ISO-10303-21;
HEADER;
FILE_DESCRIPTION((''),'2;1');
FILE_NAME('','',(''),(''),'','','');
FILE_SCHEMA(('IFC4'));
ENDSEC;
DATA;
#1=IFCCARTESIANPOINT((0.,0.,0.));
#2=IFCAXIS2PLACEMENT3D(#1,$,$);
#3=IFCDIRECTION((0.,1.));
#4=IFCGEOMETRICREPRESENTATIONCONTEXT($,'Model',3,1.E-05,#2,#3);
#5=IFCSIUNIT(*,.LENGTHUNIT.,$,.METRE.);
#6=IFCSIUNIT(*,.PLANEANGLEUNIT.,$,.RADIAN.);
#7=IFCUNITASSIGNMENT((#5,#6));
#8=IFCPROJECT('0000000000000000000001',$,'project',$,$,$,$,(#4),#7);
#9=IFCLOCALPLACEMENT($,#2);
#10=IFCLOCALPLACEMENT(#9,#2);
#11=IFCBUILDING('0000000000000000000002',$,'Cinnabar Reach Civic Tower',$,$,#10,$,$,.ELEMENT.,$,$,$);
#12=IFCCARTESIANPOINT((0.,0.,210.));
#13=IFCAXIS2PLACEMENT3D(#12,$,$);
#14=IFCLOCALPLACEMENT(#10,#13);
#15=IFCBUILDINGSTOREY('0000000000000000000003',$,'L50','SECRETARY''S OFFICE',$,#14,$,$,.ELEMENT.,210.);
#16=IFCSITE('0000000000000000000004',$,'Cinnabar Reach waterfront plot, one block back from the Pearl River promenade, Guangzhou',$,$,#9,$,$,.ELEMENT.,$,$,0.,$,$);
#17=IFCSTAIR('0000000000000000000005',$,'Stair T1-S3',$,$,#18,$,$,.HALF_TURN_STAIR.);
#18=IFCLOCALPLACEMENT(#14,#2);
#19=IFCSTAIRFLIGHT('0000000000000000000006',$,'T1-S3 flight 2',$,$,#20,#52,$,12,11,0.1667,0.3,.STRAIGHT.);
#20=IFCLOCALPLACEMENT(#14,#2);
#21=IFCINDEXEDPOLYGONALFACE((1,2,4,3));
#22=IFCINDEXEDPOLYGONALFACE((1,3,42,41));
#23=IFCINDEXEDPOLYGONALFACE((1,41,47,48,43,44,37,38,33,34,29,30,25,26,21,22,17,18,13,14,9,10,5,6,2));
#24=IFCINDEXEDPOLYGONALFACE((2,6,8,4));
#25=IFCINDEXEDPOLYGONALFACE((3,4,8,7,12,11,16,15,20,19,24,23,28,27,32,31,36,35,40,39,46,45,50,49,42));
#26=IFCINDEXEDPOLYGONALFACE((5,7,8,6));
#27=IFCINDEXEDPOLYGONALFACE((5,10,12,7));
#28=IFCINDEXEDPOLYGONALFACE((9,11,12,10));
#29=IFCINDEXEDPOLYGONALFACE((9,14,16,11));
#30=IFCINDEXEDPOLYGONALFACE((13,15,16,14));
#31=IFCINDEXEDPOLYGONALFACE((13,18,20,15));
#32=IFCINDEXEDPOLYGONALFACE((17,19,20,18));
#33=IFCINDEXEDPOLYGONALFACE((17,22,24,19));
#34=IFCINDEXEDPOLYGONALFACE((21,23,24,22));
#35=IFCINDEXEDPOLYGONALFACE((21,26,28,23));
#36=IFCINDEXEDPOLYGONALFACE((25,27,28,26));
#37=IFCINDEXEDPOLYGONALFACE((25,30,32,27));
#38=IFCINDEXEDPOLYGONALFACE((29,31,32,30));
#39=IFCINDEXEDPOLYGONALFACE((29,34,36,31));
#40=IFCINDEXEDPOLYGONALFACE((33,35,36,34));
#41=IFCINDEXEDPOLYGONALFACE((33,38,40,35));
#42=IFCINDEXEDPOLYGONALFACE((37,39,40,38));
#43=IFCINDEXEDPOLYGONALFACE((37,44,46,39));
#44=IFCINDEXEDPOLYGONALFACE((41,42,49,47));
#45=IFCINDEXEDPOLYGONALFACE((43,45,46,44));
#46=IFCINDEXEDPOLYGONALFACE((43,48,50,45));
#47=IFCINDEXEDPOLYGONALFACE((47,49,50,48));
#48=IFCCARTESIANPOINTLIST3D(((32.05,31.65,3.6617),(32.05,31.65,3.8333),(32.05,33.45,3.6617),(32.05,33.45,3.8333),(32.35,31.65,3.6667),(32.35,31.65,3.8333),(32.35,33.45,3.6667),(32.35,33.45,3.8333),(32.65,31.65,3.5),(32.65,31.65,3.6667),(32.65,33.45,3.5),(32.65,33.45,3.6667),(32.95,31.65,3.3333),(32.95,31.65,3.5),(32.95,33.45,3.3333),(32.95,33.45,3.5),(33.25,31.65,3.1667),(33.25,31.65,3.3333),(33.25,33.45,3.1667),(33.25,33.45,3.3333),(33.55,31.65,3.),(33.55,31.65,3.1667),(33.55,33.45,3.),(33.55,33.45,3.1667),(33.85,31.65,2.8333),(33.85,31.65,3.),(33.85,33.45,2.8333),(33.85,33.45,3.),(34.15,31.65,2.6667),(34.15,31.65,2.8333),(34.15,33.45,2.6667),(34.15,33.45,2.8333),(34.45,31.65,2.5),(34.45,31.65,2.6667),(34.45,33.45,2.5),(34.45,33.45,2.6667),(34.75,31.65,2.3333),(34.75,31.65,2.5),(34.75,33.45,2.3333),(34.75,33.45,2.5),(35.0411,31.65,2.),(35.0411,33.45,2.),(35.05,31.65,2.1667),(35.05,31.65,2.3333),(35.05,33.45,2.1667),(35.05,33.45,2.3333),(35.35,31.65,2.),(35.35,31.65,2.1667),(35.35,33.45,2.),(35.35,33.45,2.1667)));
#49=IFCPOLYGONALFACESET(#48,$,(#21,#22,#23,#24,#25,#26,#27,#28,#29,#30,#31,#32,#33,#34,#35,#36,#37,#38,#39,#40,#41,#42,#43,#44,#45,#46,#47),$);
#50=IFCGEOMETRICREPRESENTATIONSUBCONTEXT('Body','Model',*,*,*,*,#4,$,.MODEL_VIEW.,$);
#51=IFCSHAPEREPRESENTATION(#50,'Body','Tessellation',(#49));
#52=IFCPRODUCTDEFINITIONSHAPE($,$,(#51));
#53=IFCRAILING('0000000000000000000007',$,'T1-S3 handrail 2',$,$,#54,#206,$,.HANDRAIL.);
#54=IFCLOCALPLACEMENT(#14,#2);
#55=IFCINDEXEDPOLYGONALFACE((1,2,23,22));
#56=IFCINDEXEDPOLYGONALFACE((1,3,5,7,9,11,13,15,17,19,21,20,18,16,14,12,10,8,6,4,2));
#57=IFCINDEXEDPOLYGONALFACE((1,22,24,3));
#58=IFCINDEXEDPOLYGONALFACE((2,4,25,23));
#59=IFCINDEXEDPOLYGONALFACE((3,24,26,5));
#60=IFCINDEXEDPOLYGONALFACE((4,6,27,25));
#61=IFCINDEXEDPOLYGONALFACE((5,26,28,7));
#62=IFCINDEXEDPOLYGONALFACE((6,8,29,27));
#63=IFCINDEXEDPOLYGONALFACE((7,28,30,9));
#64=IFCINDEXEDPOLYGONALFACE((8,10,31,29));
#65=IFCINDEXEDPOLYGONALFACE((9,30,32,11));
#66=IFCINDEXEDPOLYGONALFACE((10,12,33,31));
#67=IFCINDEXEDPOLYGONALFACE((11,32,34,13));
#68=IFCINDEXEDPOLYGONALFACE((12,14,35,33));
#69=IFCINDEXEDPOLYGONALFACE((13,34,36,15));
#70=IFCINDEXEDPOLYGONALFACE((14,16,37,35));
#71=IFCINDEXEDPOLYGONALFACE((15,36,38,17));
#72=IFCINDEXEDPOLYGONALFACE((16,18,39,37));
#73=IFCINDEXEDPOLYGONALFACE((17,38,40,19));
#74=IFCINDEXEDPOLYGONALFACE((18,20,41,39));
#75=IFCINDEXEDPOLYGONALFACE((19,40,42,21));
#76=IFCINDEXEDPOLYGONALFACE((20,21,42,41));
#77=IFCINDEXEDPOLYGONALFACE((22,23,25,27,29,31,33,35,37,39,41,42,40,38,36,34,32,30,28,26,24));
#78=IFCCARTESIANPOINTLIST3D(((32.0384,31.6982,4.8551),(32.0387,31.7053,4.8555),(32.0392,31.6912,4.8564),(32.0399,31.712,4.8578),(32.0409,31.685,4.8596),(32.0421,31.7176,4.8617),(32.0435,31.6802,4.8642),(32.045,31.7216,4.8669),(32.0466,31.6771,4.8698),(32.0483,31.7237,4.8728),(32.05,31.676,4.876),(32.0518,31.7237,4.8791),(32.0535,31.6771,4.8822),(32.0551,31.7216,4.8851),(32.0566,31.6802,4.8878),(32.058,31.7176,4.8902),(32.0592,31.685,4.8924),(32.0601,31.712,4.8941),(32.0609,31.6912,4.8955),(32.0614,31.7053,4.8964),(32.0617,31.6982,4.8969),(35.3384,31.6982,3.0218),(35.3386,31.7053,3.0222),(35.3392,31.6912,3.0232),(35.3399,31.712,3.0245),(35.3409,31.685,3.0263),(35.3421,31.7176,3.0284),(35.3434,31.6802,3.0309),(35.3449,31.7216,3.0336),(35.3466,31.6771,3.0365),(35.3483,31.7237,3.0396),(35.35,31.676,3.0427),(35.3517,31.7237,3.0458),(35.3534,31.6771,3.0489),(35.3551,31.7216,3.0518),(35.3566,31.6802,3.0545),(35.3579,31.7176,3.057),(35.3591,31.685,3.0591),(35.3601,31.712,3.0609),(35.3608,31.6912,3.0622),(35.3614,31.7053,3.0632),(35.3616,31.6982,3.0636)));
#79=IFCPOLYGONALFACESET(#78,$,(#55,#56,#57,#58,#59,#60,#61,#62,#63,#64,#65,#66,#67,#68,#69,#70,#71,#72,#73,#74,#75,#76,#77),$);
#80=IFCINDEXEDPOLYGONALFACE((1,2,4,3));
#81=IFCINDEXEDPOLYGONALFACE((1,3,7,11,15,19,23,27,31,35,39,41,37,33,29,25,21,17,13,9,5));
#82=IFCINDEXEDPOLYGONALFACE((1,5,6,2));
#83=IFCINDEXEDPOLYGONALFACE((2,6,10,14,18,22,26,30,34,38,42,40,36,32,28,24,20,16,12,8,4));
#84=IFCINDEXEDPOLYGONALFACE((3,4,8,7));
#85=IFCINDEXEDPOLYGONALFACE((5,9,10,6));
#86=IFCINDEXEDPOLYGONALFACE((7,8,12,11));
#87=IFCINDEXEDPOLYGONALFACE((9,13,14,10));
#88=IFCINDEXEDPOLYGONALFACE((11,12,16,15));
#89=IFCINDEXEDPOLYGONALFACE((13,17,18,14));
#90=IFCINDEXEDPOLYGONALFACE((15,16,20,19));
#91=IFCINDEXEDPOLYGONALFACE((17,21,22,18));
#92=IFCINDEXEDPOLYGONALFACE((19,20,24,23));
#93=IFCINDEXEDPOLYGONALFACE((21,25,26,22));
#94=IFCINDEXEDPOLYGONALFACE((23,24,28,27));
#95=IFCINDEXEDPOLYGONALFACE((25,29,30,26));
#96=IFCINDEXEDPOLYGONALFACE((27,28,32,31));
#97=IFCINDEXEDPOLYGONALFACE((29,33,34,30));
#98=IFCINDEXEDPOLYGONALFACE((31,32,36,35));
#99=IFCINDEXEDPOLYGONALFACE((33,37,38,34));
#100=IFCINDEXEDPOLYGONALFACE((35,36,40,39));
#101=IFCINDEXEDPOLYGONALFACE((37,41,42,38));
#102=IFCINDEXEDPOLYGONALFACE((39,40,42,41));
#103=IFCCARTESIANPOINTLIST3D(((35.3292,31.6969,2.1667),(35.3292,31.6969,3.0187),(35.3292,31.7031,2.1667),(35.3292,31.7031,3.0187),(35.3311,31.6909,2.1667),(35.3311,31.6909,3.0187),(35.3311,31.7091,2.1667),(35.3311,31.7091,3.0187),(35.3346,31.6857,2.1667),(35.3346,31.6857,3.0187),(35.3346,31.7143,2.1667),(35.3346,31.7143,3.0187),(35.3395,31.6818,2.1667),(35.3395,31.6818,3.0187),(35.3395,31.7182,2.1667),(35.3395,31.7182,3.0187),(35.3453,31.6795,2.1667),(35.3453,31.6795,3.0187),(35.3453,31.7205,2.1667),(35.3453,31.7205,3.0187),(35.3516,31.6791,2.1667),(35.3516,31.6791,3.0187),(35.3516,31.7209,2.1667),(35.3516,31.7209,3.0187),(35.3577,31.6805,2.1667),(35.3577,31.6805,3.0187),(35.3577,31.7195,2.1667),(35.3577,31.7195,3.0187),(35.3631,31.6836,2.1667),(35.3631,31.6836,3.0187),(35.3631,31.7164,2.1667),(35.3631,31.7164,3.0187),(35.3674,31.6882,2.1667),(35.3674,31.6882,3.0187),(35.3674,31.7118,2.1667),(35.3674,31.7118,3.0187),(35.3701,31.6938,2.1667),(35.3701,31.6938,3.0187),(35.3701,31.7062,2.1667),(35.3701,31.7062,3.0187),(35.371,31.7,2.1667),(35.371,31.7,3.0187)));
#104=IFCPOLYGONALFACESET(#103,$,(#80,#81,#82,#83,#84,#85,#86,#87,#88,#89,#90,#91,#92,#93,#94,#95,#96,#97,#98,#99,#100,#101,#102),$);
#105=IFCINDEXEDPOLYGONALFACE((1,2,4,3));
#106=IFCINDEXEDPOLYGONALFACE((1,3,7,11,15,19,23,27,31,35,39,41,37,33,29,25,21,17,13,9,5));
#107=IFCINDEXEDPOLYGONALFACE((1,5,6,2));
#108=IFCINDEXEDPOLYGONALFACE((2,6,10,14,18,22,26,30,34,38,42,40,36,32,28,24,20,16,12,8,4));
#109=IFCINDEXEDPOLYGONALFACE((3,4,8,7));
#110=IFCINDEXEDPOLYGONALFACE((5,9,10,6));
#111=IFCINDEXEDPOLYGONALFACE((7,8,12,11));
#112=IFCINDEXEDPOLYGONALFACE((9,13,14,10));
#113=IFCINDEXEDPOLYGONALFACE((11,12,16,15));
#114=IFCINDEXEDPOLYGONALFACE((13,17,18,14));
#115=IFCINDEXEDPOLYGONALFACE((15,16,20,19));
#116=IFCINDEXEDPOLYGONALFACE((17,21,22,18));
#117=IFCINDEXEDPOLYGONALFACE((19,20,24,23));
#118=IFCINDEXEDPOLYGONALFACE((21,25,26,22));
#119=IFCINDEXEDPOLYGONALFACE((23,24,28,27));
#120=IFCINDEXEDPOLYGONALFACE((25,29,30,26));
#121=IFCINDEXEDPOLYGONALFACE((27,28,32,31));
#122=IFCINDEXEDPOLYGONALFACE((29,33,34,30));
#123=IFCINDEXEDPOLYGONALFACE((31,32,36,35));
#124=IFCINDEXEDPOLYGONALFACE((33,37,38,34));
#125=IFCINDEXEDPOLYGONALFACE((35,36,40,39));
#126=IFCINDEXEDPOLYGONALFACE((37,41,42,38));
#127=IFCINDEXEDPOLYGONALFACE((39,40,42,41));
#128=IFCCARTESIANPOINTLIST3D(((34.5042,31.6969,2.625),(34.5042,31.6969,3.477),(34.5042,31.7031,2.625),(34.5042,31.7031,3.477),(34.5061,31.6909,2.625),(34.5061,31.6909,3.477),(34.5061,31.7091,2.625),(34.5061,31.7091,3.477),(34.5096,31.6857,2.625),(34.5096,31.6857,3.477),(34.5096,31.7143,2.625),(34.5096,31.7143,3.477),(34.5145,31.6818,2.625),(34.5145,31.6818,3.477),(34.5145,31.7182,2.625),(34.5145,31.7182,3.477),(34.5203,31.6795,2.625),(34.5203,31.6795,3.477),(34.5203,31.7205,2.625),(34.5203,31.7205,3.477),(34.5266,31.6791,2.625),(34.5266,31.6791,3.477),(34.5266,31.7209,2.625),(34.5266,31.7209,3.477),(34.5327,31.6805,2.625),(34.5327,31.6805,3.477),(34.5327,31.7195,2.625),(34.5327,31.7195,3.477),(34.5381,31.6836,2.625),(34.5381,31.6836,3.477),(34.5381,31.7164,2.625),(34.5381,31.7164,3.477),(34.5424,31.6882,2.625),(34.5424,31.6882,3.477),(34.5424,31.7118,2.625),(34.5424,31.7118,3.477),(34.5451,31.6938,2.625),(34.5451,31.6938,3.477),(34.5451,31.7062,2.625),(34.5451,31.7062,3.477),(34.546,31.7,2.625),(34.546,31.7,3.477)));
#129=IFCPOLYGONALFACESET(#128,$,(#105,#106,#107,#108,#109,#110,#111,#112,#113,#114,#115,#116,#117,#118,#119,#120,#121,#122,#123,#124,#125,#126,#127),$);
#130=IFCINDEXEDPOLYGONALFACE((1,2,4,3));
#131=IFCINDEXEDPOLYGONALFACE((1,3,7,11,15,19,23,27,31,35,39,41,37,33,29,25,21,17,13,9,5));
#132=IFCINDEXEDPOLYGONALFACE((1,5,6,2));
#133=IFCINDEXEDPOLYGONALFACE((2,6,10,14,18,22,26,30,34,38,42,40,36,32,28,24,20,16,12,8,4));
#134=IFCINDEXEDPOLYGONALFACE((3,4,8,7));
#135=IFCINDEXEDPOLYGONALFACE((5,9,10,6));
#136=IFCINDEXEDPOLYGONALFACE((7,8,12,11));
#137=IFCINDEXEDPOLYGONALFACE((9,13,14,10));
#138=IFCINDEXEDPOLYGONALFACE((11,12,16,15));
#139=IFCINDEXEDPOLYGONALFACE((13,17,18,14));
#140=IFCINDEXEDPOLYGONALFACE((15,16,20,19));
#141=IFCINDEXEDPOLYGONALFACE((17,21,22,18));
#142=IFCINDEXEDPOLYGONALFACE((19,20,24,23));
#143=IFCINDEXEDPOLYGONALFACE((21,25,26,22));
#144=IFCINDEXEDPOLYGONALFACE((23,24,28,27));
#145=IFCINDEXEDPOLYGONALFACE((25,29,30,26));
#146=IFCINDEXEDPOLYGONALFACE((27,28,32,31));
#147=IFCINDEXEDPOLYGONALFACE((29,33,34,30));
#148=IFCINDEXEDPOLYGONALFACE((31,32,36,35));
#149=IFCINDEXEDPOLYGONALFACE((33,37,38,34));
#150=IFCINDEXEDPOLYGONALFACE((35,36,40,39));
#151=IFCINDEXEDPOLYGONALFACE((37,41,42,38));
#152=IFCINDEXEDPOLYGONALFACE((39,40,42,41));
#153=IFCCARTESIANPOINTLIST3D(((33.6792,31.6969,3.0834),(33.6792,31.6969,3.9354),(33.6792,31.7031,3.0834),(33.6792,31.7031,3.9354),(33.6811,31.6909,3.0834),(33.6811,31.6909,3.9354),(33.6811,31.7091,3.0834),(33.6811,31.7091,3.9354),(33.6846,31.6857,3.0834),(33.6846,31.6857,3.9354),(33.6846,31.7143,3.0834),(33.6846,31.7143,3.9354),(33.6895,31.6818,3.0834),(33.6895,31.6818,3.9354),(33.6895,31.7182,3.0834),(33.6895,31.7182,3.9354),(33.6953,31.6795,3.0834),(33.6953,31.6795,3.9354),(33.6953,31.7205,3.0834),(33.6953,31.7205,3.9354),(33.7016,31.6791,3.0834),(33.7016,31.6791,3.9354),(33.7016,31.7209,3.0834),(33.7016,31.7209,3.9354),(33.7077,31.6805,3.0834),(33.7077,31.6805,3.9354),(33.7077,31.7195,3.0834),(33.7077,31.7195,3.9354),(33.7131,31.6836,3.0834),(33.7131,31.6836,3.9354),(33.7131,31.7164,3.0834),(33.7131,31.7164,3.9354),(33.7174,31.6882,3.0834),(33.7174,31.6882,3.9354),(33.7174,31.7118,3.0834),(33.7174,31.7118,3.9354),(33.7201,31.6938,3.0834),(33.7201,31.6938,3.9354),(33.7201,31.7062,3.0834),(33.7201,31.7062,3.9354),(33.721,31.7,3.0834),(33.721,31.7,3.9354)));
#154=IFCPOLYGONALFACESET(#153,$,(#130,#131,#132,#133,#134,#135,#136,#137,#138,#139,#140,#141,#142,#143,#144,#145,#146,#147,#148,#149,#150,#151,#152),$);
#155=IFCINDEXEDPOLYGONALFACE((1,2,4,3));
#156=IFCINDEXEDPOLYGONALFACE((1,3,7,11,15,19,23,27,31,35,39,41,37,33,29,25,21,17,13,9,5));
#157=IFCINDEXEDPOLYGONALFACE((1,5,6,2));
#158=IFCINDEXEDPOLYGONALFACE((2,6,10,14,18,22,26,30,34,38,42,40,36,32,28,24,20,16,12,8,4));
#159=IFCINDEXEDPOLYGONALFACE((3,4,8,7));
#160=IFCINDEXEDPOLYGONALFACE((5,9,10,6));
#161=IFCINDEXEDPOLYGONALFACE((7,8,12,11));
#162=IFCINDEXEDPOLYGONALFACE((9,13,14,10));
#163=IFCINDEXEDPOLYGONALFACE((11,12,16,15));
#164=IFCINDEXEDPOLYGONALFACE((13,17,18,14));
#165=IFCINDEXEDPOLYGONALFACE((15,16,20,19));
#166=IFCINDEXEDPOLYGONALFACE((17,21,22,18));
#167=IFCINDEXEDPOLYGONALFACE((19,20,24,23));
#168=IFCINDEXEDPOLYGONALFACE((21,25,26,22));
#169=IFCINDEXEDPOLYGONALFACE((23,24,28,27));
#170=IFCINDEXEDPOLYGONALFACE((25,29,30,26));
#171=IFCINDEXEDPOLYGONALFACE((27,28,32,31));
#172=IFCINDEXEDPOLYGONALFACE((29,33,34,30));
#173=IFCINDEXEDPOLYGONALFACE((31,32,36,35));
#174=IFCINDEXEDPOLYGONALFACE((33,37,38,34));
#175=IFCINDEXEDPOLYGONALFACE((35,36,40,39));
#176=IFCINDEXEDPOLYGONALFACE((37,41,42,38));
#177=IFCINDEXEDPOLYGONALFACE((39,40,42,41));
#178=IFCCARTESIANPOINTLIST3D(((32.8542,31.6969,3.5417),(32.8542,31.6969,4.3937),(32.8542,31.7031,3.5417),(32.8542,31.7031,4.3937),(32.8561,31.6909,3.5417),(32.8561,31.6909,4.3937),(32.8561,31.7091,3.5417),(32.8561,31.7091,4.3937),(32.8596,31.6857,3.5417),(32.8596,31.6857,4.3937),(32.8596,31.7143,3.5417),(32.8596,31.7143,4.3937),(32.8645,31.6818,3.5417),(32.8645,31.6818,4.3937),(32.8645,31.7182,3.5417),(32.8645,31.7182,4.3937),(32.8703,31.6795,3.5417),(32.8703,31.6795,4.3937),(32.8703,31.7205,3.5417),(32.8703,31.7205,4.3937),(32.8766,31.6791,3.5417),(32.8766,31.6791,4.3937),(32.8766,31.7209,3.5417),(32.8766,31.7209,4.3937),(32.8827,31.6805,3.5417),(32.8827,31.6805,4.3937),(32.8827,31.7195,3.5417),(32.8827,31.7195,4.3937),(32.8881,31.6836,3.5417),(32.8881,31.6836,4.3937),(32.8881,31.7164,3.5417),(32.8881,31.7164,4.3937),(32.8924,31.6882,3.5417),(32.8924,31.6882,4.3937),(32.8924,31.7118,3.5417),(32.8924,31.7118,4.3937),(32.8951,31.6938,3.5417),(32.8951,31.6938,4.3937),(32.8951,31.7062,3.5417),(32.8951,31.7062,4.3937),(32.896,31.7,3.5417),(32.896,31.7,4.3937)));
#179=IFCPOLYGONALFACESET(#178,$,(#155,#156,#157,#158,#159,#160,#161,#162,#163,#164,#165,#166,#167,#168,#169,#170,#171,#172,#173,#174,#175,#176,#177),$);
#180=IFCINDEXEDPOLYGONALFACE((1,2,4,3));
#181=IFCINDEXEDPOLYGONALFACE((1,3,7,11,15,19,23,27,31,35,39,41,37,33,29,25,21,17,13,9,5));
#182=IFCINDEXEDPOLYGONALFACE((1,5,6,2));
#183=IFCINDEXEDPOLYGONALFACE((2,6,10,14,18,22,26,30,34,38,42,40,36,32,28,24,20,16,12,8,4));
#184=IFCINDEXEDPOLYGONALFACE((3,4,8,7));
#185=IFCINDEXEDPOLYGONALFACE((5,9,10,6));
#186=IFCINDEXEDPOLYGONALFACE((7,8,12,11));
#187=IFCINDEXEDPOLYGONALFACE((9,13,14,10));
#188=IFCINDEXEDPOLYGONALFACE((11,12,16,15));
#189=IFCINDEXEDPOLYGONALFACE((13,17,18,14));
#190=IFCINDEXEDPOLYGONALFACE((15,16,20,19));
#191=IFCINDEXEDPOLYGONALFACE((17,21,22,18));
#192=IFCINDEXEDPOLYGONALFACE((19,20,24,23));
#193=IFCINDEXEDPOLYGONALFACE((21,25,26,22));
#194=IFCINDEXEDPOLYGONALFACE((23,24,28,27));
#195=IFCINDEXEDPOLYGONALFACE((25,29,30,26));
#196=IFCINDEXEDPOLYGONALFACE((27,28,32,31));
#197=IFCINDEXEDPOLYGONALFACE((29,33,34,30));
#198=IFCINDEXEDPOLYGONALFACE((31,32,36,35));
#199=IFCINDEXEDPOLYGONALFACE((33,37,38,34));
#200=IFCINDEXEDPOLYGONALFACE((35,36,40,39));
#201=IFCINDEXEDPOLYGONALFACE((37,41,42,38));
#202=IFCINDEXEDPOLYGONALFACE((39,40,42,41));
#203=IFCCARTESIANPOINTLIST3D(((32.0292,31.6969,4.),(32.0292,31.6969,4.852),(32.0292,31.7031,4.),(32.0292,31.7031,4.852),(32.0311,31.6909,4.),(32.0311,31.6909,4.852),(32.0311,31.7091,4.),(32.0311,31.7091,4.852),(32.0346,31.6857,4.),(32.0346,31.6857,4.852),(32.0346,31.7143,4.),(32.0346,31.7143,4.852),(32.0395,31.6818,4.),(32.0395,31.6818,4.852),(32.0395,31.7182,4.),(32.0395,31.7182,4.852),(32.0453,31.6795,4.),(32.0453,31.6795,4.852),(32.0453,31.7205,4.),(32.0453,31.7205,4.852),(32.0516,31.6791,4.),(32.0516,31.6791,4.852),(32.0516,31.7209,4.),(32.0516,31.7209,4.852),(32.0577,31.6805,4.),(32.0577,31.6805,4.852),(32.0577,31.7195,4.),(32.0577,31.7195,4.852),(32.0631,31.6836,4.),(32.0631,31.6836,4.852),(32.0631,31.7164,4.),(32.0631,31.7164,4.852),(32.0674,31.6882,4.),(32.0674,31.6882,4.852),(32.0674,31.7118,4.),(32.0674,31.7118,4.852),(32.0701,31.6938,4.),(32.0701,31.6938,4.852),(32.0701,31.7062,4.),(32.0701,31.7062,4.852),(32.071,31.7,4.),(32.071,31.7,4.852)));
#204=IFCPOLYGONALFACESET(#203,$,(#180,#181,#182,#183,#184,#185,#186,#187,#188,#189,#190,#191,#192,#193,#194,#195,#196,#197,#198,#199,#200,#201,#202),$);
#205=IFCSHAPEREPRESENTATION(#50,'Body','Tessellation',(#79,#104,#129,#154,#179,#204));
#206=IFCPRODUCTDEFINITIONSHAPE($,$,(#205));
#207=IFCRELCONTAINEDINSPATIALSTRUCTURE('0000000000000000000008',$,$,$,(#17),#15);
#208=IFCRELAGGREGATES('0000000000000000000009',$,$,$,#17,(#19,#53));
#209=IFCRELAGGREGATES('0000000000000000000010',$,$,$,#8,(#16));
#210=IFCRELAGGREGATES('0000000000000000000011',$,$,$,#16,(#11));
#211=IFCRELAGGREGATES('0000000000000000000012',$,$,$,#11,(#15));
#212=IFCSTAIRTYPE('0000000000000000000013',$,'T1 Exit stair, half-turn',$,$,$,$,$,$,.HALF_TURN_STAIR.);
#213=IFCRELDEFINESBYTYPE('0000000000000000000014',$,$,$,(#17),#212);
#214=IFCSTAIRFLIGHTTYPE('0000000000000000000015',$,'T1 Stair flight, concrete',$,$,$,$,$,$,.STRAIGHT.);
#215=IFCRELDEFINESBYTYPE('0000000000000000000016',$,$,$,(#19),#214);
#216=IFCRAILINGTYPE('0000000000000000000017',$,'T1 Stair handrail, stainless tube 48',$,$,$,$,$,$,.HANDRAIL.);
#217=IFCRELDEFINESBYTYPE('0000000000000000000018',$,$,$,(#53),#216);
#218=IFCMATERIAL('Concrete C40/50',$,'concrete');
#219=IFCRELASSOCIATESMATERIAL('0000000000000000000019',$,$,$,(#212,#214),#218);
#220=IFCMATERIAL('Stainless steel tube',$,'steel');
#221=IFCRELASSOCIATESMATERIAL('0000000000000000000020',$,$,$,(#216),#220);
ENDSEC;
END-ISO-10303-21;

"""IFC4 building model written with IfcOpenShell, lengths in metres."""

from ifc_helpers import new_model, si_unit, direction, frame, origin, origin_2d, place, context, subcontext, project, spatial, polyline, circle, outline, extrude, material, type_object, element, aggregate, save


model = new_model("IFC4")

# Units and contexts
model_context = context("Model", 3, precision=1e-05, world=origin(), true_north=direction((0.0, 1.0)))
body_context = subcontext(model_context, "Body", "Model", "MODEL_VIEW")
ifc_project = project(units=[si_unit("LENGTHUNIT", "METRE"), si_unit("PLANEANGLEUNIT", "RADIAN")], contexts=[model_context])

# Site, building, storey
site_placement = place(None, origin())
site = spatial("IfcSite", under=ifc_project, at=site_placement, Name="Cinnabar Reach waterfront plot, one block back from the Pearl River promenade, Guangzhou", CompositionType="ELEMENT", RefElevation=0.0)
building_placement = place(site_placement, origin())
building = spatial("IfcBuilding", under=site, at=building_placement, Name="Cinnabar Reach Civic Tower", CompositionType="ELEMENT")
storey_placement = place(building_placement, frame((0.0, 0.0, 210.0)))
storey = spatial("IfcBuildingStorey", under=building, at=storey_placement, Name="L50", Description="SECRETARY'S OFFICE", CompositionType="ELEMENT", Elevation=210.0)

# Stair, stair flight, railing
ifc_material_1 = material(Name="Concrete C40/50", Category="concrete")
stair_type = type_object("IfcStairType", Name="T1 Exit stair, half-turn", PredefinedType="HALF_TURN_STAIR", material=ifc_material_1)
stair_placement = place(storey_placement, origin())
stair = element("IfcStair", 1, at=stair_placement, inside=storey, type_object=stair_type, Name="Stair T1-S3", PredefinedType="HALF_TURN_STAIR")
stair_flight_type = type_object("IfcStairFlightType", Name="T1 Stair flight, concrete", PredefinedType="STRAIGHT", material=ifc_material_1)
stair_flight_placement = place(storey_placement, frame((35.35, 32.55, 2.0), z_axis=(0.0, 0.0, 1.0), x_axis=(-1.0, 0.0, 0.0)))
stair_flight = element("IfcStairFlight", 2, at=stair_flight_placement, type_object=stair_flight_type, Name="T1-S3 flight 2", NumberOfRisers=12, NumberOfTreads=11, PredefinedType="STRAIGHT", RiserHeight=0.1667, TreadLength=0.3, context=body_context, shape_type="SweptSolid", body=[
    extrude(outline(polyline([(0.0, 0.0), (0.0, 0.1667), (0.3, 0.1667), (0.3, 0.3333), (0.6, 0.3333), (0.6, 0.5), (0.9, 0.5), (0.9, 0.6667), (1.2, 0.6667), (1.2, 0.8333), (1.5, 0.8333), (1.5, 1.0), (1.8, 1.0), (1.8, 1.1667), (2.1, 1.1667), (2.1, 1.3333), (2.4, 1.3333), (2.4, 1.5), (2.7, 1.5), (2.7, 1.6667), (3.0, 1.6667), (3.0, 1.8333), (3.3, 1.8333), (3.3, 2.0), (3.3, 1.6617), (0.3089, 0.0), (0.0, 0.0)])), frame((0.0, 0.9, 0.0), z_axis=(0.0, -1.0, 0.0), x_axis=(1.0, 0.0, 0.0)), (0.0, 0.0, 1.0), 1.8),
])
ifc_material_2 = material(Name="Stainless steel tube", Category="steel")
railing_type = type_object("IfcRailingType", Name="T1 Stair handrail, stainless tube 48", PredefinedType="HANDRAIL", material=ifc_material_2)
railing_placement = place(storey_placement, frame((35.35, 31.7, 2.1667)))
railing = element("IfcRailing", 3, at=railing_placement, type_object=railing_type, Name="T1-S3 handrail 2", PredefinedType="HANDRAIL", context=body_context, shape_type="SweptSolid", body=[
    extrude(circle(Radius=0.024, at=origin_2d()), frame((0.0, 0.0, 0.876), z_axis=(-0.874161, 0.0, 0.485636), x_axis=(0.0, -1.0, 0.0)), (0.0, 0.0, 1.0), 3.775),
    extrude(circle(Radius=0.021, at=origin_2d()), origin(), (0.0, 0.0, 1.0), 0.852),
    extrude(circle(Radius=0.021, at=origin_2d()), frame((-0.825, 0.0, 0.4583)), (0.0, 0.0, 1.0), 0.852),
    extrude(circle(Radius=0.021, at=origin_2d()), frame((-1.65, 0.0, 0.9167)), (0.0, 0.0, 1.0), 0.852),
    extrude(circle(Radius=0.021, at=origin_2d()), frame((-2.475, 0.0, 1.375)), (0.0, 0.0, 1.0), 0.852),
    extrude(circle(Radius=0.021, at=origin_2d()), frame((-3.3, 0.0, 1.8333)), (0.0, 0.0, 1.0), 0.852),
])
aggregate(stair, [stair_flight, railing])

save(model, "model.ifc")
